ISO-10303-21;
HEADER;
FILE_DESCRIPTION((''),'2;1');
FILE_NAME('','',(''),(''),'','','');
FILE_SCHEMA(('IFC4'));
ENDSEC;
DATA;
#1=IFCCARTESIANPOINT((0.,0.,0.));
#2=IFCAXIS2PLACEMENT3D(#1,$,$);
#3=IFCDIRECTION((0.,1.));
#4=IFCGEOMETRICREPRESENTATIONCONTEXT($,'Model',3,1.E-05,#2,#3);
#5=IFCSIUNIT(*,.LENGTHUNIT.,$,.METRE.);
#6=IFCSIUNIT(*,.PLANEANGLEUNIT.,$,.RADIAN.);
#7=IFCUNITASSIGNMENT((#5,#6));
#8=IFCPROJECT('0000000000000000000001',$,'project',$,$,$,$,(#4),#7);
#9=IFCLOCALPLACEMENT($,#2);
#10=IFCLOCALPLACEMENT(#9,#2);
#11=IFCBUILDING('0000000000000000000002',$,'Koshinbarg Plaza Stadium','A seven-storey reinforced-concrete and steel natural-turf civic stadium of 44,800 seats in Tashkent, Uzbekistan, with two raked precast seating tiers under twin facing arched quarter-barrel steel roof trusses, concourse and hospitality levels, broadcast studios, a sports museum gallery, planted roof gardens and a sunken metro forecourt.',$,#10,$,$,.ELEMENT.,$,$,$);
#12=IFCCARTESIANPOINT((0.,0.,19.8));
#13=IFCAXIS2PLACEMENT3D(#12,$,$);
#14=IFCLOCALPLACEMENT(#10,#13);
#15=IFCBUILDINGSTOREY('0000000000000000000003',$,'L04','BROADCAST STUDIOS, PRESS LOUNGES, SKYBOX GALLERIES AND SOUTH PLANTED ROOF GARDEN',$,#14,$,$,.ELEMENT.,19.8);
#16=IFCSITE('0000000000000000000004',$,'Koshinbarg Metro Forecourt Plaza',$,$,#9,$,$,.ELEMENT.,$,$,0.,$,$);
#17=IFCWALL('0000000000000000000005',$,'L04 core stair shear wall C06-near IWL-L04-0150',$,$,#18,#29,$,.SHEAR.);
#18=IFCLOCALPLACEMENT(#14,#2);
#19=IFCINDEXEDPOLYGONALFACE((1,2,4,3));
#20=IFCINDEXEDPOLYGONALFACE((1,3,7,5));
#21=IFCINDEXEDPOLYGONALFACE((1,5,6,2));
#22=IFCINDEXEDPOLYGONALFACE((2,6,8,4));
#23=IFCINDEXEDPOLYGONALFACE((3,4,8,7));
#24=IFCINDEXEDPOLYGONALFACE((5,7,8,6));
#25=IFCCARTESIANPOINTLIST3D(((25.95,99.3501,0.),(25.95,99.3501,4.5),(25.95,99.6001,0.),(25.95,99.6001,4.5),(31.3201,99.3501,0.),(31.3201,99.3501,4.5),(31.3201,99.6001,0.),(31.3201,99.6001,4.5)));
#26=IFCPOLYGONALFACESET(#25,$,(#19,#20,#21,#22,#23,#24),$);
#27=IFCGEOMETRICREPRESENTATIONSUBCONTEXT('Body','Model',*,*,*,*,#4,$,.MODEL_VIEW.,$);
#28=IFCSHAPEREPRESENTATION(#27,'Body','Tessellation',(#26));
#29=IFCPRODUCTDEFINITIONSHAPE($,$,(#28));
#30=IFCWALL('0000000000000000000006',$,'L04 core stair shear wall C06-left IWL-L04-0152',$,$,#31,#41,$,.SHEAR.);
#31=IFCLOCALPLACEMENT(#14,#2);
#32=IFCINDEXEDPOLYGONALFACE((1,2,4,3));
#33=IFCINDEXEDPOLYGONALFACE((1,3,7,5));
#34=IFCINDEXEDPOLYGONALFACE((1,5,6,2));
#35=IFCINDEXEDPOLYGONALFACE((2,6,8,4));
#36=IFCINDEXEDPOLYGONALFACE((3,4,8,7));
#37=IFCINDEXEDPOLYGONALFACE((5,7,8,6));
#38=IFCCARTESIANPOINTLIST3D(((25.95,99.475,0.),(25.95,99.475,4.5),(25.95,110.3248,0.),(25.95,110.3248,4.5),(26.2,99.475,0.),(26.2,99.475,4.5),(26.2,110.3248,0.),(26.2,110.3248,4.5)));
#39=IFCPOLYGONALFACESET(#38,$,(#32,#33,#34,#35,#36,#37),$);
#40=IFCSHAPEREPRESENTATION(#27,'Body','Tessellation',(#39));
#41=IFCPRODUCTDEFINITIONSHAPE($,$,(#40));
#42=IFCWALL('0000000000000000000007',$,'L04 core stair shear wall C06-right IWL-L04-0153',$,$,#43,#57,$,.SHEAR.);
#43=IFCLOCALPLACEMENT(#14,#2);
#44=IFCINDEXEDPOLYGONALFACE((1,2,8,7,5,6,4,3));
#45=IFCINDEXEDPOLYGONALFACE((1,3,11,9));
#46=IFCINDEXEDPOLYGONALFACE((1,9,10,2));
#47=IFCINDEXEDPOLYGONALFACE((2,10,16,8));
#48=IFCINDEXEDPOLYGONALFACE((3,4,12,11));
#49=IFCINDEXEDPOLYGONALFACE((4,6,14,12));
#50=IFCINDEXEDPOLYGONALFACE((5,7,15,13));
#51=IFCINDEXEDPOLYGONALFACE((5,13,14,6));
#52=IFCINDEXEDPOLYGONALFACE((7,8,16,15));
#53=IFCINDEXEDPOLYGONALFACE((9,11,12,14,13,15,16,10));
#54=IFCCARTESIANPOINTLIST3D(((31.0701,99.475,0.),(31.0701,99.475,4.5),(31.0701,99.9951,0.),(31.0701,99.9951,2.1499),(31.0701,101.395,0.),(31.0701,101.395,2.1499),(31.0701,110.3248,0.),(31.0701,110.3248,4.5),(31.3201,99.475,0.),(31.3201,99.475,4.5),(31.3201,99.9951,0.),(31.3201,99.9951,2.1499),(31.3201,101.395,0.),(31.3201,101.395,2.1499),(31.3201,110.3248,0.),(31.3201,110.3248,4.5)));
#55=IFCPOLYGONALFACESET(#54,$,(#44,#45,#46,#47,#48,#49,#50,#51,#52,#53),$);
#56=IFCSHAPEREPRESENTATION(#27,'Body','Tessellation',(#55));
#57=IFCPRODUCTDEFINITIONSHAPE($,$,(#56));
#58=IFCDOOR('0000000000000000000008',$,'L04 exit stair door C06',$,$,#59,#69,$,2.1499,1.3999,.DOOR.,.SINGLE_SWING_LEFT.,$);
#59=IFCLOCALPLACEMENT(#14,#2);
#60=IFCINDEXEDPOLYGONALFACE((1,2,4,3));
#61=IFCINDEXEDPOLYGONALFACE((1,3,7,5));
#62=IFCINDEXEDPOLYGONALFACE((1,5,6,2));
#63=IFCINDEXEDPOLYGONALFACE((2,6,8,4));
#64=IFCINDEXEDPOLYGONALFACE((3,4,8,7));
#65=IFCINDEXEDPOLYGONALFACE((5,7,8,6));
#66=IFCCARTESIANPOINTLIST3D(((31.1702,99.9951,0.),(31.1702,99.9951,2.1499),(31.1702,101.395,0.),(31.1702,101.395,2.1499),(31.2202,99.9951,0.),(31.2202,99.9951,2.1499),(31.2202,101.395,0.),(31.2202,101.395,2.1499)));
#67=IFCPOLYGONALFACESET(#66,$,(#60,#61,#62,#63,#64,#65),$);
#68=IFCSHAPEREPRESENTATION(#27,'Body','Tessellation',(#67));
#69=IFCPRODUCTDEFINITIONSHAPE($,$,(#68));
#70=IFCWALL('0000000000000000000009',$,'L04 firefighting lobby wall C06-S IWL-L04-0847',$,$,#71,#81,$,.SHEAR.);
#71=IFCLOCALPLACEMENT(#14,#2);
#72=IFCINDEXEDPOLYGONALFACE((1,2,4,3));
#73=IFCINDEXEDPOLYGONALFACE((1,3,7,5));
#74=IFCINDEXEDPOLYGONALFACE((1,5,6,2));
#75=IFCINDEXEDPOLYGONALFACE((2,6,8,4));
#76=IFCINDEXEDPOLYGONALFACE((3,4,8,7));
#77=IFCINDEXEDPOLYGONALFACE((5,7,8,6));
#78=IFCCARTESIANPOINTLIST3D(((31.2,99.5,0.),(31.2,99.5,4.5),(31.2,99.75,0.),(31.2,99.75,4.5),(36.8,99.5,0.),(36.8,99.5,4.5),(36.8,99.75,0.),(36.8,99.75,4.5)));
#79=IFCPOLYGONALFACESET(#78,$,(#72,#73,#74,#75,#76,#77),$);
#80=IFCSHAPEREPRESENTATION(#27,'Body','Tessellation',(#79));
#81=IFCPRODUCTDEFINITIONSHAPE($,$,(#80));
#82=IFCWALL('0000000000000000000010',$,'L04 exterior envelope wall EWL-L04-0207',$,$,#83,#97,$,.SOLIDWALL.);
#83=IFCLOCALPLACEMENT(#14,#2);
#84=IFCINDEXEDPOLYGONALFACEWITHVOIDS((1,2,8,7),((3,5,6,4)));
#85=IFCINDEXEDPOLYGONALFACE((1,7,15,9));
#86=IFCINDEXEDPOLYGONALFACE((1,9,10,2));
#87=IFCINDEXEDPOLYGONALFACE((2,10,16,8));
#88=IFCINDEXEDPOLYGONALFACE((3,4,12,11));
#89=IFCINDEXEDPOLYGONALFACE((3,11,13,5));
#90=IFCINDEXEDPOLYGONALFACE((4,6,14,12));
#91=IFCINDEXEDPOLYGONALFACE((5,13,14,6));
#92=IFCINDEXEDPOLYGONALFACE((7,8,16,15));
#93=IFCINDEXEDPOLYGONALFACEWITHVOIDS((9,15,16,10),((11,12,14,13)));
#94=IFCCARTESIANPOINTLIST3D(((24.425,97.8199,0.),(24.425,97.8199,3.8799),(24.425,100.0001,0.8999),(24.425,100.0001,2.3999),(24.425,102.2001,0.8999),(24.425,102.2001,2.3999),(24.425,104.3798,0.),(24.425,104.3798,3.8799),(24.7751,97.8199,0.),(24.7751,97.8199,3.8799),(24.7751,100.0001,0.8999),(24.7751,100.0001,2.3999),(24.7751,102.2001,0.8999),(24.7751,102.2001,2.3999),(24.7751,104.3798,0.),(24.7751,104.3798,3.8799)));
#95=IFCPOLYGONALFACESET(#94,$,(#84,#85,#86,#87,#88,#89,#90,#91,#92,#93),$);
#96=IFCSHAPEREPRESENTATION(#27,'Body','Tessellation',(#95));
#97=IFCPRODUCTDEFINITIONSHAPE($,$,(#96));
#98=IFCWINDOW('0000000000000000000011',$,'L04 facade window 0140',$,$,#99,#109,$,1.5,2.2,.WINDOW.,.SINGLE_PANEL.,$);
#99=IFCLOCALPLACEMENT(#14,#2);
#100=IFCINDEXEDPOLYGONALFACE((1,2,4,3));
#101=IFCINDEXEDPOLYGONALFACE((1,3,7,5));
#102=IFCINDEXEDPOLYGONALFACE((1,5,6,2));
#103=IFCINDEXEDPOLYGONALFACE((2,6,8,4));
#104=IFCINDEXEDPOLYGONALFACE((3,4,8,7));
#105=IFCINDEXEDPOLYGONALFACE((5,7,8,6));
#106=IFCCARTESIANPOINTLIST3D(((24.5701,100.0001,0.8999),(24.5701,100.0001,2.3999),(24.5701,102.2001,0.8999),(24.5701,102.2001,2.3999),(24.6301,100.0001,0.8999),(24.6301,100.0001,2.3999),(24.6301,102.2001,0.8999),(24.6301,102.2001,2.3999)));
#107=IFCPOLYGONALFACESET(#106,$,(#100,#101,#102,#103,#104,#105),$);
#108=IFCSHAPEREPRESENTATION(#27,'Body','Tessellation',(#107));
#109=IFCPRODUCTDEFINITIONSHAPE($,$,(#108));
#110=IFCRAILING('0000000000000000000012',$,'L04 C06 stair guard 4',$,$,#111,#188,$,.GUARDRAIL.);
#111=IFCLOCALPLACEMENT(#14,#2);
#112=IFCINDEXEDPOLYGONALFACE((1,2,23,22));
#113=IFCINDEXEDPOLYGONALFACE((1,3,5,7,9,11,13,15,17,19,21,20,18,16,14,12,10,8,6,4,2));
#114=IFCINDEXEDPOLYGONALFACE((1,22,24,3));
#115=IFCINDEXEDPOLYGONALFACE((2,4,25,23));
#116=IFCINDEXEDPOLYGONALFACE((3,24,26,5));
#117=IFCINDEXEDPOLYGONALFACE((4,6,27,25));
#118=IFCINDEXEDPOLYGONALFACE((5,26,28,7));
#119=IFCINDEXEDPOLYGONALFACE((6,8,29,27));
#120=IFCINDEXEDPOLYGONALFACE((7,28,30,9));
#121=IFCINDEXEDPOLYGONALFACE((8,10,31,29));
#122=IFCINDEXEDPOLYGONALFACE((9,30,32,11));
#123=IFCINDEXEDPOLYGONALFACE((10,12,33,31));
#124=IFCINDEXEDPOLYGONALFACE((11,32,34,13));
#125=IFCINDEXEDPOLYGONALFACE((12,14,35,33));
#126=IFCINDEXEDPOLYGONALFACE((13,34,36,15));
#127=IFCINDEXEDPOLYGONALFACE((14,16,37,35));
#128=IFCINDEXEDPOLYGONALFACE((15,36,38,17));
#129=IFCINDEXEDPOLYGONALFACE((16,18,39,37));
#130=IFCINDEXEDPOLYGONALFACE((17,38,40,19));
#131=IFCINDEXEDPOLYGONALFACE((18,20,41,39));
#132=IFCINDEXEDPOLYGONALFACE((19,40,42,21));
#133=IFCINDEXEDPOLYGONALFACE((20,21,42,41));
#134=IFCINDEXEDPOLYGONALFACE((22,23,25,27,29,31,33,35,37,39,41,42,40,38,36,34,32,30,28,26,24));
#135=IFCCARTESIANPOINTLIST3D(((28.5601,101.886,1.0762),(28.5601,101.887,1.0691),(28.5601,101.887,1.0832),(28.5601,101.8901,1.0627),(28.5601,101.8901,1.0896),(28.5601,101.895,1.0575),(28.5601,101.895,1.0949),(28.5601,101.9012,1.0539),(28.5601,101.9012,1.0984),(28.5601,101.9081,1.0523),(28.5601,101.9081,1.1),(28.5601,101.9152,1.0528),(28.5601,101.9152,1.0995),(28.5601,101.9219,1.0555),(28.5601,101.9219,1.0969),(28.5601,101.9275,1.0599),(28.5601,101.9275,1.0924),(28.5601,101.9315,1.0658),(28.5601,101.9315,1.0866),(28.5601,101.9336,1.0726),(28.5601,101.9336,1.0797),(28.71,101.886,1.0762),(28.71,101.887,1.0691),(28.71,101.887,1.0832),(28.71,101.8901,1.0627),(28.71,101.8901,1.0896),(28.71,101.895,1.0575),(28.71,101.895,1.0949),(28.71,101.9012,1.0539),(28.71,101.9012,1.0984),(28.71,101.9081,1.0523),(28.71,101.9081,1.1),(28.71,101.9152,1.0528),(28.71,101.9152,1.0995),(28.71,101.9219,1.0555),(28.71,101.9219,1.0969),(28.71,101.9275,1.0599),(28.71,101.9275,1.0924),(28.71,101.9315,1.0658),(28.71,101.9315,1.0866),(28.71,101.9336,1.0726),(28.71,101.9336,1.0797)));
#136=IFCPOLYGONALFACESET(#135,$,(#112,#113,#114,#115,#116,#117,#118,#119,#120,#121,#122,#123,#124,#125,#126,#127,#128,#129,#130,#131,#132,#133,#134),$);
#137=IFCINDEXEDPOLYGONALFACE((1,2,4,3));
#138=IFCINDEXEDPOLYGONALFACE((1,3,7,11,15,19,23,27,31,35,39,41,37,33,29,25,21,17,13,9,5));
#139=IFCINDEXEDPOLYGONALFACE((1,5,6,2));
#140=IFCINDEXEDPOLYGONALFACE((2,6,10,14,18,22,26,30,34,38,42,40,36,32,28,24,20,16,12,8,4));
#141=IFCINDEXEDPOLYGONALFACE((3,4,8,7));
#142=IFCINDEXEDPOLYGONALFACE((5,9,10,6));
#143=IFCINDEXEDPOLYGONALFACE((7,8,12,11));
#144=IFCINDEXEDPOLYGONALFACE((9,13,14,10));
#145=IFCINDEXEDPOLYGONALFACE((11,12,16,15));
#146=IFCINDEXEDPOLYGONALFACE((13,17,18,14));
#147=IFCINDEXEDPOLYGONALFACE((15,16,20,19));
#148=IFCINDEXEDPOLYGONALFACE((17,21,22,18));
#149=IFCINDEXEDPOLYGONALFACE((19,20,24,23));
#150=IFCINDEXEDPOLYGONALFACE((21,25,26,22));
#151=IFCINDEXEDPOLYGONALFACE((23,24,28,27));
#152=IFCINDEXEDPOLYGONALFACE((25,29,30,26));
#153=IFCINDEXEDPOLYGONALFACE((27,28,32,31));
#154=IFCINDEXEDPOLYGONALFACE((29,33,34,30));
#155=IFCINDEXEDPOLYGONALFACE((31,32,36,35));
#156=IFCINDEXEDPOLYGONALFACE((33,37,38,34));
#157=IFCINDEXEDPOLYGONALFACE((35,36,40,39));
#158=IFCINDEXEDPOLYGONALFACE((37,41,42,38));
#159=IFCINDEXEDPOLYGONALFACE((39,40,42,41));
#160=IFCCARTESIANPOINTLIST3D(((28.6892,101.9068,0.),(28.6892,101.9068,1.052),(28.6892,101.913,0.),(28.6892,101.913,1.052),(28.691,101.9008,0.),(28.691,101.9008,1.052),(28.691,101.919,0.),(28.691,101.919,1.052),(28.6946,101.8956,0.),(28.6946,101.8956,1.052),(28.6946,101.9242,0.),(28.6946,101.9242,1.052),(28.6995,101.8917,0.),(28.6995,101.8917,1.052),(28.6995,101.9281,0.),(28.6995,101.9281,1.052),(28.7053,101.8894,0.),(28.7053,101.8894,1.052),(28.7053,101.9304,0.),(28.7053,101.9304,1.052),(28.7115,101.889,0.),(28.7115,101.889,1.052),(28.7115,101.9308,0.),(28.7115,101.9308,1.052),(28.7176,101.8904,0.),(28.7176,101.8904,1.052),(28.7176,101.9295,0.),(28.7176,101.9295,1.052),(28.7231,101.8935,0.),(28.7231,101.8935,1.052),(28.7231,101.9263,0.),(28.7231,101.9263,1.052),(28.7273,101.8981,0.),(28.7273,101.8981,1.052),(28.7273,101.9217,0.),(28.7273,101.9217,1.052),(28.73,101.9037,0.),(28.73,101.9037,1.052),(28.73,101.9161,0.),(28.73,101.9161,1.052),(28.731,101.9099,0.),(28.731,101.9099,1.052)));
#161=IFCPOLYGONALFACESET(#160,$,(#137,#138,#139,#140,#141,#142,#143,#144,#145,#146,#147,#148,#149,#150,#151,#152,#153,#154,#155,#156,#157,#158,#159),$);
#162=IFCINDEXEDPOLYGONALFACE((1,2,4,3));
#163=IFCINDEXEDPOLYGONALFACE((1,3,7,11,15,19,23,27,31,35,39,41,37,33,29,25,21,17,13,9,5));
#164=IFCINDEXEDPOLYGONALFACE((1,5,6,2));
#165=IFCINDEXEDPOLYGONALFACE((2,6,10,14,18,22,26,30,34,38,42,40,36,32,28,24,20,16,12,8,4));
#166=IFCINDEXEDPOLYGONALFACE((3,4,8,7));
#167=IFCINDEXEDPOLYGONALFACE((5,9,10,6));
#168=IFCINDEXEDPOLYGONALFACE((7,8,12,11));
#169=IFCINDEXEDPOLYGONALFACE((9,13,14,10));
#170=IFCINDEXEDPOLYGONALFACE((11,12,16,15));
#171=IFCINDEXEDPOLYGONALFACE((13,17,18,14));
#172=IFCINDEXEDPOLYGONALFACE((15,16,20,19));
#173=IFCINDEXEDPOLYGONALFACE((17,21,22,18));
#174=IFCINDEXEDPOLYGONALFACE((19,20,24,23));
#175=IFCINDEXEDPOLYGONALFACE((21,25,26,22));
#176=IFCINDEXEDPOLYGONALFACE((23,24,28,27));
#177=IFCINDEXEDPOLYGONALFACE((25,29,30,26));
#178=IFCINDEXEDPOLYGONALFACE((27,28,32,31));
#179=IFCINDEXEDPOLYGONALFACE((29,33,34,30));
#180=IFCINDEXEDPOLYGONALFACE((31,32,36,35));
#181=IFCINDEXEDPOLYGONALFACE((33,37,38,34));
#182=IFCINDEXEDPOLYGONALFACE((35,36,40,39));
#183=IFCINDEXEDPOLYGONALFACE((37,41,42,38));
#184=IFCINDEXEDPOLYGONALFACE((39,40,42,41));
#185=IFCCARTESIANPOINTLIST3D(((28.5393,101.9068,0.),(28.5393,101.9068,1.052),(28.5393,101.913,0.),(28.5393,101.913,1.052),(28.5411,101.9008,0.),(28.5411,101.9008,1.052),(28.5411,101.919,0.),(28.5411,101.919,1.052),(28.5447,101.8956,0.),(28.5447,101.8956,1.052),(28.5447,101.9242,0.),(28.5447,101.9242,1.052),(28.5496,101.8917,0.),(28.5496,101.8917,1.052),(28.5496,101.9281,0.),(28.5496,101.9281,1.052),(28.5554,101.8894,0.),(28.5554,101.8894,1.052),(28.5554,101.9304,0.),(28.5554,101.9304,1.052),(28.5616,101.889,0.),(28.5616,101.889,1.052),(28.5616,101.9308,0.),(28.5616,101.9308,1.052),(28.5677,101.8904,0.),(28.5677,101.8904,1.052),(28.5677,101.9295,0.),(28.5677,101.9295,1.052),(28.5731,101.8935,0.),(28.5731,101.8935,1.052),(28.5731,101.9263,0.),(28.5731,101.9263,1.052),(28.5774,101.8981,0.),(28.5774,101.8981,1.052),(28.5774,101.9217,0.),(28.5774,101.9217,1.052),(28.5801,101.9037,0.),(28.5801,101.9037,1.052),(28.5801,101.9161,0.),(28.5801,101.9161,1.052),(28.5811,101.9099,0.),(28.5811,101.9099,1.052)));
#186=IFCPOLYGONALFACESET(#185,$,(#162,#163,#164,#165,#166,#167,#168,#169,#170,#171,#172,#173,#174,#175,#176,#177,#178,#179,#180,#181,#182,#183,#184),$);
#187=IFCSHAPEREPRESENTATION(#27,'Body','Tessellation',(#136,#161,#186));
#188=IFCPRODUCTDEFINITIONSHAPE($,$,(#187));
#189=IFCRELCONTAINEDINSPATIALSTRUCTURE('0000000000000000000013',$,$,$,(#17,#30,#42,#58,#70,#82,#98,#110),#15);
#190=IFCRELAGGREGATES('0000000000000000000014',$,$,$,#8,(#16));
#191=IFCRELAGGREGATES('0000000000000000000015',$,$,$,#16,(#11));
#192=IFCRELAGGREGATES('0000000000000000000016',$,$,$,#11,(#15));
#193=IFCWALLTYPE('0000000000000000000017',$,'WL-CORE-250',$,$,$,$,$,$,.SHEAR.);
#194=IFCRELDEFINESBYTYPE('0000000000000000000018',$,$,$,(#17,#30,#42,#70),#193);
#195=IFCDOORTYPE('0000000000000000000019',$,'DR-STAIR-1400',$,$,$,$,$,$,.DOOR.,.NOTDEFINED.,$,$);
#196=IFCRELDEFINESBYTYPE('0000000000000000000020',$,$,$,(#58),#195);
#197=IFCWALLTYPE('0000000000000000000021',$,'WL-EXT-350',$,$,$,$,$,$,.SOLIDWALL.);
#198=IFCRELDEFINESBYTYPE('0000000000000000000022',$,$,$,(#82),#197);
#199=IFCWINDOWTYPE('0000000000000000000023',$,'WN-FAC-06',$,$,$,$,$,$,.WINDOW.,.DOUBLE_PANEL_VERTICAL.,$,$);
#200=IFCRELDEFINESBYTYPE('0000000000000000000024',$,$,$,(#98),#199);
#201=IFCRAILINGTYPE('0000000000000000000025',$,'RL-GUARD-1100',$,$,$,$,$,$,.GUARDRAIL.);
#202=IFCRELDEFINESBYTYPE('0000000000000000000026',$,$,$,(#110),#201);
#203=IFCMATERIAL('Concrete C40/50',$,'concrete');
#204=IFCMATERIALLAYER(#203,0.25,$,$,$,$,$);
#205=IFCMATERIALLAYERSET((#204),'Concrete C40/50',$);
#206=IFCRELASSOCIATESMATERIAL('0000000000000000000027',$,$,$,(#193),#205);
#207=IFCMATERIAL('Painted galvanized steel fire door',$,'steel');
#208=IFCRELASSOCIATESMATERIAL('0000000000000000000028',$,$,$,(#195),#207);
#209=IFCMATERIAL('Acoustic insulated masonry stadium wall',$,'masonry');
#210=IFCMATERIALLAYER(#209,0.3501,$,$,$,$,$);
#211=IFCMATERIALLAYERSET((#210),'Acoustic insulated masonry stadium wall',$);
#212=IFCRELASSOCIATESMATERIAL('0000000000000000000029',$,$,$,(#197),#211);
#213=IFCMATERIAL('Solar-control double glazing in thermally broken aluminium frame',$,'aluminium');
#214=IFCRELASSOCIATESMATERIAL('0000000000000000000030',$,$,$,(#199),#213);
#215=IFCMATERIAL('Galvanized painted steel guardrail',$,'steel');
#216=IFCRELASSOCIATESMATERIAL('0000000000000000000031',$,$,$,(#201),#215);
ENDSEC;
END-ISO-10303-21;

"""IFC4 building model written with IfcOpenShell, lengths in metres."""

from ifc_helpers import new_model, si_unit, direction, frame, frame_2d, origin, origin_2d, place, context, subcontext, project, spatial, rectangle, circle, extrude, material, layer, layer_set, type_object, element, fill, save


model = new_model("IFC4")

# Units and contexts
model_context = context("Model", 3, precision=1e-05, world=origin(), true_north=direction((0.0, 1.0)))
body_context = subcontext(model_context, "Body", "Model", "MODEL_VIEW")
ifc_project = project(units=[si_unit("LENGTHUNIT", "METRE"), si_unit("PLANEANGLEUNIT", "RADIAN")], contexts=[model_context])

# Site, building, storey
site_placement = place(None, origin())
site = spatial("IfcSite", under=ifc_project, at=site_placement, Name="Koshinbarg Metro Forecourt Plaza", CompositionType="ELEMENT", RefElevation=0.0)
building_placement = place(site_placement, origin())
building = spatial("IfcBuilding", under=site, at=building_placement, Name="Koshinbarg Plaza Stadium", Description="A seven-storey reinforced-concrete and steel natural-turf civic stadium of 44,800 seats in Tashkent, Uzbekistan, with two raked precast seating tiers under twin facing arched quarter-barrel steel roof trusses, concourse and hospitality levels, broadcast studios, a sports museum gallery, planted roof gardens and a sunken metro forecourt.", CompositionType="ELEMENT")
storey_placement = place(building_placement, frame((0.0, 0.0, 19.8)))
storey = spatial("IfcBuildingStorey", under=building, at=storey_placement, Name="L04", Description="BROADCAST STUDIOS, PRESS LOUNGES, SKYBOX GALLERIES AND SOUTH PLANTED ROOF GARDEN", CompositionType="ELEMENT", Elevation=19.8)

# Shared definitions
ifc_material_1 = material(Name="Concrete C40/50", Category="concrete")

# Walls
ifc_layer_1 = layer(ifc_material_1, 0.25)
ifc_layer_set_1 = layer_set([ifc_layer_1], Name="Concrete C40/50")
wall_type_1 = type_object("IfcWallType", Name="WL-CORE-250", PredefinedType="SHEAR", material=ifc_layer_set_1)
wall_1_placement = place(storey_placement, frame((25.95, 99.4751, 0.0), z_axis=(0.0, 0.0, 1.0), x_axis=(1.0, 0.0, 0.0)))
element("IfcWall", 1, at=wall_1_placement, inside=storey, type_object=wall_type_1, Name="L04 core stair shear wall C06-near IWL-L04-0150", PredefinedType="SHEAR", context=body_context, shape_type="SweptSolid", body=[
    extrude(rectangle(XDim=5.3701, YDim=0.25, at=frame_2d((2.6851, 0.0))), origin(), (0.0, 0.0, 1.0), 4.5),
])
wall_2_placement = place(storey_placement, frame((26.075, 99.4751, 0.0), z_axis=(0.0, 0.0, 1.0), x_axis=(0.0, 1.0, 0.0)))
element("IfcWall", 2, at=wall_2_placement, inside=storey, type_object=wall_type_1, Name="L04 core stair shear wall C06-left IWL-L04-0152", PredefinedType="SHEAR", context=body_context, shape_type="SweptSolid", body=[
    extrude(rectangle(XDim=10.8499, YDim=0.25, at=frame_2d((5.4248, 0.0))), origin(), (0.0, 0.0, 1.0), 4.5),
])

# Wall, opening, door
wall_3_placement = place(storey_placement, frame((31.1951, 99.4751, 0.0), z_axis=(0.0, 0.0, 1.0), x_axis=(0.0, 1.0, 0.0)))
wall_3 = element("IfcWall", 3, at=wall_3_placement, inside=storey, type_object=wall_type_1, Name="L04 core stair shear wall C06-right IWL-L04-0153", PredefinedType="SHEAR", context=body_context, shape_type="SweptSolid", body=[
    extrude(rectangle(XDim=10.8499, YDim=0.25, at=frame_2d((5.4248, 0.0))), origin(), (0.0, 0.0, 1.0), 4.5),
])
opening_1_placement = place(wall_3_placement, frame((0.52, 0.0, 0.0)))
opening_1 = element("IfcOpeningElement", 4, at=opening_1_placement, cuts=wall_3, PredefinedType="OPENING", context=body_context, shape_type="SweptSolid", body=[
    extrude(rectangle(XDim=1.3999, YDim=2.1499, at=frame_2d((0.7, 1.075))), frame((0.0, 0.135, 0.0), z_axis=(0.0, -1.0, 0.0), x_axis=(1.0, 0.0, 0.0)), (0.0, 0.0, 1.0), 0.27),
])
ifc_material_2 = material(Name="Painted galvanized steel fire door", Category="steel")
door_type = type_object("IfcDoorType", Name="DR-STAIR-1400", OperationType="NOTDEFINED", PredefinedType="DOOR", material=ifc_material_2)
door_placement = place(opening_1_placement, origin())
door = element("IfcDoor", 5, at=door_placement, inside=storey, type_object=door_type, Name="L04 exit stair door C06", OperationType="SINGLE_SWING_LEFT", OverallHeight=2.1499, OverallWidth=1.3999, PredefinedType="DOOR", context=body_context, shape_type="SweptSolid", body=[
    extrude(rectangle(XDim=1.3999, YDim=2.1499, at=frame_2d((0.7, 1.075))), frame((0.0, 0.0249, 0.0), z_axis=(0.0, -1.0, 0.0), x_axis=(1.0, 0.0, 0.0)), (0.0, 0.0, 1.0), 0.05),
])
fill(opening_1, door)

# Wall
wall_4_placement = place(storey_placement, frame((31.2, 99.625, 0.0), z_axis=(0.0, 0.0, 1.0), x_axis=(1.0, 0.0, 0.0)))
element("IfcWall", 6, at=wall_4_placement, inside=storey, type_object=wall_type_1, Name="L04 firefighting lobby wall C06-S IWL-L04-0847", PredefinedType="SHEAR", context=body_context, shape_type="SweptSolid", body=[
    extrude(rectangle(XDim=5.6001, YDim=0.25, at=frame_2d((2.8, 0.0))), origin(), (0.0, 0.0, 1.0), 4.5),
])

# Wall, opening, window
ifc_material_3 = material(Name="Acoustic insulated masonry stadium wall", Category="masonry")
ifc_layer_2 = layer(ifc_material_3, 0.3501)
ifc_layer_set_2 = layer_set([ifc_layer_2], Name="Acoustic insulated masonry stadium wall")
wall_type_2 = type_object("IfcWallType", Name="WL-EXT-350", PredefinedType="SOLIDWALL", material=ifc_layer_set_2)
wall_5_placement = place(storey_placement, frame((24.6001, 97.8201, 0.0), z_axis=(0.0, 0.0, 1.0), x_axis=(0.0, 1.0, 0.0)))
wall_5 = element("IfcWall", 7, at=wall_5_placement, inside=storey, type_object=wall_type_2, Name="L04 exterior envelope wall EWL-L04-0207", PredefinedType="SOLIDWALL", context=body_context, shape_type="SweptSolid", body=[
    extrude(rectangle(XDim=6.5598, YDim=0.3501, at=frame_2d((3.2798, 0.0))), origin(), (0.0, 0.0, 1.0), 3.8799),
])
opening_2_placement = place(wall_5_placement, frame((2.1799, 0.0, 0.8999)))
opening_2 = element("IfcOpeningElement", 8, at=opening_2_placement, cuts=wall_5, PredefinedType="OPENING", context=body_context, shape_type="SweptSolid", body=[
    extrude(rectangle(XDim=2.2, YDim=1.5, at=frame_2d((1.1001, 0.75))), frame((0.0, 0.1851, 0.0), z_axis=(0.0, -1.0, 0.0), x_axis=(1.0, 0.0, 0.0)), (0.0, 0.0, 1.0), 0.3701),
])
ifc_material_4 = material(Name="Solar-control double glazing in thermally broken aluminium frame", Category="aluminium")
window_type = type_object("IfcWindowType", Name="WN-FAC-06", PartitioningType="DOUBLE_PANEL_VERTICAL", PredefinedType="WINDOW", material=ifc_material_4)
window_placement = place(opening_2_placement, origin())
window = element("IfcWindow", 9, at=window_placement, inside=storey, type_object=window_type, Name="L04 facade window 0140", OverallHeight=1.5, OverallWidth=2.2, PartitioningType="SINGLE_PANEL", PredefinedType="WINDOW", context=body_context, shape_type="SweptSolid", body=[
    extrude(rectangle(XDim=2.2, YDim=1.5, at=frame_2d((1.1001, 0.75))), frame((0.0, 0.03, 0.0), z_axis=(0.0, -1.0, 0.0), x_axis=(1.0, 0.0, 0.0)), (0.0, 0.0, 1.0), 0.0601),
])
fill(opening_2, window)

# Railing
ifc_material_5 = material(Name="Galvanized painted steel guardrail", Category="steel")
railing_type = type_object("IfcRailingType", Name="RL-GUARD-1100", PredefinedType="GUARDRAIL", material=ifc_material_5)
railing_placement = place(storey_placement, frame((28.71, 101.9099, 0.0)))
element("IfcRailing", 10, at=railing_placement, inside=storey, type_object=railing_type, Name="L04 C06 stair guard 4", PredefinedType="GUARDRAIL", context=body_context, shape_type="SweptSolid", body=[
    extrude(circle(Radius=0.0239, at=origin_2d()), frame((0.0, 0.0, 1.0762), z_axis=(-1.0, 0.0, 0.0), x_axis=(0.0, -1.0, 0.0)), (0.0, 0.0, 1.0), 0.1499),
    extrude(circle(Radius=0.021, at=origin_2d()), origin(), (0.0, 0.0, 1.0), 1.052),
    extrude(circle(Radius=0.021, at=origin_2d()), frame((-0.1499, 0.0, 0.0)), (0.0, 0.0, 1.0), 1.052),
])

save(model, "model.ifc")
